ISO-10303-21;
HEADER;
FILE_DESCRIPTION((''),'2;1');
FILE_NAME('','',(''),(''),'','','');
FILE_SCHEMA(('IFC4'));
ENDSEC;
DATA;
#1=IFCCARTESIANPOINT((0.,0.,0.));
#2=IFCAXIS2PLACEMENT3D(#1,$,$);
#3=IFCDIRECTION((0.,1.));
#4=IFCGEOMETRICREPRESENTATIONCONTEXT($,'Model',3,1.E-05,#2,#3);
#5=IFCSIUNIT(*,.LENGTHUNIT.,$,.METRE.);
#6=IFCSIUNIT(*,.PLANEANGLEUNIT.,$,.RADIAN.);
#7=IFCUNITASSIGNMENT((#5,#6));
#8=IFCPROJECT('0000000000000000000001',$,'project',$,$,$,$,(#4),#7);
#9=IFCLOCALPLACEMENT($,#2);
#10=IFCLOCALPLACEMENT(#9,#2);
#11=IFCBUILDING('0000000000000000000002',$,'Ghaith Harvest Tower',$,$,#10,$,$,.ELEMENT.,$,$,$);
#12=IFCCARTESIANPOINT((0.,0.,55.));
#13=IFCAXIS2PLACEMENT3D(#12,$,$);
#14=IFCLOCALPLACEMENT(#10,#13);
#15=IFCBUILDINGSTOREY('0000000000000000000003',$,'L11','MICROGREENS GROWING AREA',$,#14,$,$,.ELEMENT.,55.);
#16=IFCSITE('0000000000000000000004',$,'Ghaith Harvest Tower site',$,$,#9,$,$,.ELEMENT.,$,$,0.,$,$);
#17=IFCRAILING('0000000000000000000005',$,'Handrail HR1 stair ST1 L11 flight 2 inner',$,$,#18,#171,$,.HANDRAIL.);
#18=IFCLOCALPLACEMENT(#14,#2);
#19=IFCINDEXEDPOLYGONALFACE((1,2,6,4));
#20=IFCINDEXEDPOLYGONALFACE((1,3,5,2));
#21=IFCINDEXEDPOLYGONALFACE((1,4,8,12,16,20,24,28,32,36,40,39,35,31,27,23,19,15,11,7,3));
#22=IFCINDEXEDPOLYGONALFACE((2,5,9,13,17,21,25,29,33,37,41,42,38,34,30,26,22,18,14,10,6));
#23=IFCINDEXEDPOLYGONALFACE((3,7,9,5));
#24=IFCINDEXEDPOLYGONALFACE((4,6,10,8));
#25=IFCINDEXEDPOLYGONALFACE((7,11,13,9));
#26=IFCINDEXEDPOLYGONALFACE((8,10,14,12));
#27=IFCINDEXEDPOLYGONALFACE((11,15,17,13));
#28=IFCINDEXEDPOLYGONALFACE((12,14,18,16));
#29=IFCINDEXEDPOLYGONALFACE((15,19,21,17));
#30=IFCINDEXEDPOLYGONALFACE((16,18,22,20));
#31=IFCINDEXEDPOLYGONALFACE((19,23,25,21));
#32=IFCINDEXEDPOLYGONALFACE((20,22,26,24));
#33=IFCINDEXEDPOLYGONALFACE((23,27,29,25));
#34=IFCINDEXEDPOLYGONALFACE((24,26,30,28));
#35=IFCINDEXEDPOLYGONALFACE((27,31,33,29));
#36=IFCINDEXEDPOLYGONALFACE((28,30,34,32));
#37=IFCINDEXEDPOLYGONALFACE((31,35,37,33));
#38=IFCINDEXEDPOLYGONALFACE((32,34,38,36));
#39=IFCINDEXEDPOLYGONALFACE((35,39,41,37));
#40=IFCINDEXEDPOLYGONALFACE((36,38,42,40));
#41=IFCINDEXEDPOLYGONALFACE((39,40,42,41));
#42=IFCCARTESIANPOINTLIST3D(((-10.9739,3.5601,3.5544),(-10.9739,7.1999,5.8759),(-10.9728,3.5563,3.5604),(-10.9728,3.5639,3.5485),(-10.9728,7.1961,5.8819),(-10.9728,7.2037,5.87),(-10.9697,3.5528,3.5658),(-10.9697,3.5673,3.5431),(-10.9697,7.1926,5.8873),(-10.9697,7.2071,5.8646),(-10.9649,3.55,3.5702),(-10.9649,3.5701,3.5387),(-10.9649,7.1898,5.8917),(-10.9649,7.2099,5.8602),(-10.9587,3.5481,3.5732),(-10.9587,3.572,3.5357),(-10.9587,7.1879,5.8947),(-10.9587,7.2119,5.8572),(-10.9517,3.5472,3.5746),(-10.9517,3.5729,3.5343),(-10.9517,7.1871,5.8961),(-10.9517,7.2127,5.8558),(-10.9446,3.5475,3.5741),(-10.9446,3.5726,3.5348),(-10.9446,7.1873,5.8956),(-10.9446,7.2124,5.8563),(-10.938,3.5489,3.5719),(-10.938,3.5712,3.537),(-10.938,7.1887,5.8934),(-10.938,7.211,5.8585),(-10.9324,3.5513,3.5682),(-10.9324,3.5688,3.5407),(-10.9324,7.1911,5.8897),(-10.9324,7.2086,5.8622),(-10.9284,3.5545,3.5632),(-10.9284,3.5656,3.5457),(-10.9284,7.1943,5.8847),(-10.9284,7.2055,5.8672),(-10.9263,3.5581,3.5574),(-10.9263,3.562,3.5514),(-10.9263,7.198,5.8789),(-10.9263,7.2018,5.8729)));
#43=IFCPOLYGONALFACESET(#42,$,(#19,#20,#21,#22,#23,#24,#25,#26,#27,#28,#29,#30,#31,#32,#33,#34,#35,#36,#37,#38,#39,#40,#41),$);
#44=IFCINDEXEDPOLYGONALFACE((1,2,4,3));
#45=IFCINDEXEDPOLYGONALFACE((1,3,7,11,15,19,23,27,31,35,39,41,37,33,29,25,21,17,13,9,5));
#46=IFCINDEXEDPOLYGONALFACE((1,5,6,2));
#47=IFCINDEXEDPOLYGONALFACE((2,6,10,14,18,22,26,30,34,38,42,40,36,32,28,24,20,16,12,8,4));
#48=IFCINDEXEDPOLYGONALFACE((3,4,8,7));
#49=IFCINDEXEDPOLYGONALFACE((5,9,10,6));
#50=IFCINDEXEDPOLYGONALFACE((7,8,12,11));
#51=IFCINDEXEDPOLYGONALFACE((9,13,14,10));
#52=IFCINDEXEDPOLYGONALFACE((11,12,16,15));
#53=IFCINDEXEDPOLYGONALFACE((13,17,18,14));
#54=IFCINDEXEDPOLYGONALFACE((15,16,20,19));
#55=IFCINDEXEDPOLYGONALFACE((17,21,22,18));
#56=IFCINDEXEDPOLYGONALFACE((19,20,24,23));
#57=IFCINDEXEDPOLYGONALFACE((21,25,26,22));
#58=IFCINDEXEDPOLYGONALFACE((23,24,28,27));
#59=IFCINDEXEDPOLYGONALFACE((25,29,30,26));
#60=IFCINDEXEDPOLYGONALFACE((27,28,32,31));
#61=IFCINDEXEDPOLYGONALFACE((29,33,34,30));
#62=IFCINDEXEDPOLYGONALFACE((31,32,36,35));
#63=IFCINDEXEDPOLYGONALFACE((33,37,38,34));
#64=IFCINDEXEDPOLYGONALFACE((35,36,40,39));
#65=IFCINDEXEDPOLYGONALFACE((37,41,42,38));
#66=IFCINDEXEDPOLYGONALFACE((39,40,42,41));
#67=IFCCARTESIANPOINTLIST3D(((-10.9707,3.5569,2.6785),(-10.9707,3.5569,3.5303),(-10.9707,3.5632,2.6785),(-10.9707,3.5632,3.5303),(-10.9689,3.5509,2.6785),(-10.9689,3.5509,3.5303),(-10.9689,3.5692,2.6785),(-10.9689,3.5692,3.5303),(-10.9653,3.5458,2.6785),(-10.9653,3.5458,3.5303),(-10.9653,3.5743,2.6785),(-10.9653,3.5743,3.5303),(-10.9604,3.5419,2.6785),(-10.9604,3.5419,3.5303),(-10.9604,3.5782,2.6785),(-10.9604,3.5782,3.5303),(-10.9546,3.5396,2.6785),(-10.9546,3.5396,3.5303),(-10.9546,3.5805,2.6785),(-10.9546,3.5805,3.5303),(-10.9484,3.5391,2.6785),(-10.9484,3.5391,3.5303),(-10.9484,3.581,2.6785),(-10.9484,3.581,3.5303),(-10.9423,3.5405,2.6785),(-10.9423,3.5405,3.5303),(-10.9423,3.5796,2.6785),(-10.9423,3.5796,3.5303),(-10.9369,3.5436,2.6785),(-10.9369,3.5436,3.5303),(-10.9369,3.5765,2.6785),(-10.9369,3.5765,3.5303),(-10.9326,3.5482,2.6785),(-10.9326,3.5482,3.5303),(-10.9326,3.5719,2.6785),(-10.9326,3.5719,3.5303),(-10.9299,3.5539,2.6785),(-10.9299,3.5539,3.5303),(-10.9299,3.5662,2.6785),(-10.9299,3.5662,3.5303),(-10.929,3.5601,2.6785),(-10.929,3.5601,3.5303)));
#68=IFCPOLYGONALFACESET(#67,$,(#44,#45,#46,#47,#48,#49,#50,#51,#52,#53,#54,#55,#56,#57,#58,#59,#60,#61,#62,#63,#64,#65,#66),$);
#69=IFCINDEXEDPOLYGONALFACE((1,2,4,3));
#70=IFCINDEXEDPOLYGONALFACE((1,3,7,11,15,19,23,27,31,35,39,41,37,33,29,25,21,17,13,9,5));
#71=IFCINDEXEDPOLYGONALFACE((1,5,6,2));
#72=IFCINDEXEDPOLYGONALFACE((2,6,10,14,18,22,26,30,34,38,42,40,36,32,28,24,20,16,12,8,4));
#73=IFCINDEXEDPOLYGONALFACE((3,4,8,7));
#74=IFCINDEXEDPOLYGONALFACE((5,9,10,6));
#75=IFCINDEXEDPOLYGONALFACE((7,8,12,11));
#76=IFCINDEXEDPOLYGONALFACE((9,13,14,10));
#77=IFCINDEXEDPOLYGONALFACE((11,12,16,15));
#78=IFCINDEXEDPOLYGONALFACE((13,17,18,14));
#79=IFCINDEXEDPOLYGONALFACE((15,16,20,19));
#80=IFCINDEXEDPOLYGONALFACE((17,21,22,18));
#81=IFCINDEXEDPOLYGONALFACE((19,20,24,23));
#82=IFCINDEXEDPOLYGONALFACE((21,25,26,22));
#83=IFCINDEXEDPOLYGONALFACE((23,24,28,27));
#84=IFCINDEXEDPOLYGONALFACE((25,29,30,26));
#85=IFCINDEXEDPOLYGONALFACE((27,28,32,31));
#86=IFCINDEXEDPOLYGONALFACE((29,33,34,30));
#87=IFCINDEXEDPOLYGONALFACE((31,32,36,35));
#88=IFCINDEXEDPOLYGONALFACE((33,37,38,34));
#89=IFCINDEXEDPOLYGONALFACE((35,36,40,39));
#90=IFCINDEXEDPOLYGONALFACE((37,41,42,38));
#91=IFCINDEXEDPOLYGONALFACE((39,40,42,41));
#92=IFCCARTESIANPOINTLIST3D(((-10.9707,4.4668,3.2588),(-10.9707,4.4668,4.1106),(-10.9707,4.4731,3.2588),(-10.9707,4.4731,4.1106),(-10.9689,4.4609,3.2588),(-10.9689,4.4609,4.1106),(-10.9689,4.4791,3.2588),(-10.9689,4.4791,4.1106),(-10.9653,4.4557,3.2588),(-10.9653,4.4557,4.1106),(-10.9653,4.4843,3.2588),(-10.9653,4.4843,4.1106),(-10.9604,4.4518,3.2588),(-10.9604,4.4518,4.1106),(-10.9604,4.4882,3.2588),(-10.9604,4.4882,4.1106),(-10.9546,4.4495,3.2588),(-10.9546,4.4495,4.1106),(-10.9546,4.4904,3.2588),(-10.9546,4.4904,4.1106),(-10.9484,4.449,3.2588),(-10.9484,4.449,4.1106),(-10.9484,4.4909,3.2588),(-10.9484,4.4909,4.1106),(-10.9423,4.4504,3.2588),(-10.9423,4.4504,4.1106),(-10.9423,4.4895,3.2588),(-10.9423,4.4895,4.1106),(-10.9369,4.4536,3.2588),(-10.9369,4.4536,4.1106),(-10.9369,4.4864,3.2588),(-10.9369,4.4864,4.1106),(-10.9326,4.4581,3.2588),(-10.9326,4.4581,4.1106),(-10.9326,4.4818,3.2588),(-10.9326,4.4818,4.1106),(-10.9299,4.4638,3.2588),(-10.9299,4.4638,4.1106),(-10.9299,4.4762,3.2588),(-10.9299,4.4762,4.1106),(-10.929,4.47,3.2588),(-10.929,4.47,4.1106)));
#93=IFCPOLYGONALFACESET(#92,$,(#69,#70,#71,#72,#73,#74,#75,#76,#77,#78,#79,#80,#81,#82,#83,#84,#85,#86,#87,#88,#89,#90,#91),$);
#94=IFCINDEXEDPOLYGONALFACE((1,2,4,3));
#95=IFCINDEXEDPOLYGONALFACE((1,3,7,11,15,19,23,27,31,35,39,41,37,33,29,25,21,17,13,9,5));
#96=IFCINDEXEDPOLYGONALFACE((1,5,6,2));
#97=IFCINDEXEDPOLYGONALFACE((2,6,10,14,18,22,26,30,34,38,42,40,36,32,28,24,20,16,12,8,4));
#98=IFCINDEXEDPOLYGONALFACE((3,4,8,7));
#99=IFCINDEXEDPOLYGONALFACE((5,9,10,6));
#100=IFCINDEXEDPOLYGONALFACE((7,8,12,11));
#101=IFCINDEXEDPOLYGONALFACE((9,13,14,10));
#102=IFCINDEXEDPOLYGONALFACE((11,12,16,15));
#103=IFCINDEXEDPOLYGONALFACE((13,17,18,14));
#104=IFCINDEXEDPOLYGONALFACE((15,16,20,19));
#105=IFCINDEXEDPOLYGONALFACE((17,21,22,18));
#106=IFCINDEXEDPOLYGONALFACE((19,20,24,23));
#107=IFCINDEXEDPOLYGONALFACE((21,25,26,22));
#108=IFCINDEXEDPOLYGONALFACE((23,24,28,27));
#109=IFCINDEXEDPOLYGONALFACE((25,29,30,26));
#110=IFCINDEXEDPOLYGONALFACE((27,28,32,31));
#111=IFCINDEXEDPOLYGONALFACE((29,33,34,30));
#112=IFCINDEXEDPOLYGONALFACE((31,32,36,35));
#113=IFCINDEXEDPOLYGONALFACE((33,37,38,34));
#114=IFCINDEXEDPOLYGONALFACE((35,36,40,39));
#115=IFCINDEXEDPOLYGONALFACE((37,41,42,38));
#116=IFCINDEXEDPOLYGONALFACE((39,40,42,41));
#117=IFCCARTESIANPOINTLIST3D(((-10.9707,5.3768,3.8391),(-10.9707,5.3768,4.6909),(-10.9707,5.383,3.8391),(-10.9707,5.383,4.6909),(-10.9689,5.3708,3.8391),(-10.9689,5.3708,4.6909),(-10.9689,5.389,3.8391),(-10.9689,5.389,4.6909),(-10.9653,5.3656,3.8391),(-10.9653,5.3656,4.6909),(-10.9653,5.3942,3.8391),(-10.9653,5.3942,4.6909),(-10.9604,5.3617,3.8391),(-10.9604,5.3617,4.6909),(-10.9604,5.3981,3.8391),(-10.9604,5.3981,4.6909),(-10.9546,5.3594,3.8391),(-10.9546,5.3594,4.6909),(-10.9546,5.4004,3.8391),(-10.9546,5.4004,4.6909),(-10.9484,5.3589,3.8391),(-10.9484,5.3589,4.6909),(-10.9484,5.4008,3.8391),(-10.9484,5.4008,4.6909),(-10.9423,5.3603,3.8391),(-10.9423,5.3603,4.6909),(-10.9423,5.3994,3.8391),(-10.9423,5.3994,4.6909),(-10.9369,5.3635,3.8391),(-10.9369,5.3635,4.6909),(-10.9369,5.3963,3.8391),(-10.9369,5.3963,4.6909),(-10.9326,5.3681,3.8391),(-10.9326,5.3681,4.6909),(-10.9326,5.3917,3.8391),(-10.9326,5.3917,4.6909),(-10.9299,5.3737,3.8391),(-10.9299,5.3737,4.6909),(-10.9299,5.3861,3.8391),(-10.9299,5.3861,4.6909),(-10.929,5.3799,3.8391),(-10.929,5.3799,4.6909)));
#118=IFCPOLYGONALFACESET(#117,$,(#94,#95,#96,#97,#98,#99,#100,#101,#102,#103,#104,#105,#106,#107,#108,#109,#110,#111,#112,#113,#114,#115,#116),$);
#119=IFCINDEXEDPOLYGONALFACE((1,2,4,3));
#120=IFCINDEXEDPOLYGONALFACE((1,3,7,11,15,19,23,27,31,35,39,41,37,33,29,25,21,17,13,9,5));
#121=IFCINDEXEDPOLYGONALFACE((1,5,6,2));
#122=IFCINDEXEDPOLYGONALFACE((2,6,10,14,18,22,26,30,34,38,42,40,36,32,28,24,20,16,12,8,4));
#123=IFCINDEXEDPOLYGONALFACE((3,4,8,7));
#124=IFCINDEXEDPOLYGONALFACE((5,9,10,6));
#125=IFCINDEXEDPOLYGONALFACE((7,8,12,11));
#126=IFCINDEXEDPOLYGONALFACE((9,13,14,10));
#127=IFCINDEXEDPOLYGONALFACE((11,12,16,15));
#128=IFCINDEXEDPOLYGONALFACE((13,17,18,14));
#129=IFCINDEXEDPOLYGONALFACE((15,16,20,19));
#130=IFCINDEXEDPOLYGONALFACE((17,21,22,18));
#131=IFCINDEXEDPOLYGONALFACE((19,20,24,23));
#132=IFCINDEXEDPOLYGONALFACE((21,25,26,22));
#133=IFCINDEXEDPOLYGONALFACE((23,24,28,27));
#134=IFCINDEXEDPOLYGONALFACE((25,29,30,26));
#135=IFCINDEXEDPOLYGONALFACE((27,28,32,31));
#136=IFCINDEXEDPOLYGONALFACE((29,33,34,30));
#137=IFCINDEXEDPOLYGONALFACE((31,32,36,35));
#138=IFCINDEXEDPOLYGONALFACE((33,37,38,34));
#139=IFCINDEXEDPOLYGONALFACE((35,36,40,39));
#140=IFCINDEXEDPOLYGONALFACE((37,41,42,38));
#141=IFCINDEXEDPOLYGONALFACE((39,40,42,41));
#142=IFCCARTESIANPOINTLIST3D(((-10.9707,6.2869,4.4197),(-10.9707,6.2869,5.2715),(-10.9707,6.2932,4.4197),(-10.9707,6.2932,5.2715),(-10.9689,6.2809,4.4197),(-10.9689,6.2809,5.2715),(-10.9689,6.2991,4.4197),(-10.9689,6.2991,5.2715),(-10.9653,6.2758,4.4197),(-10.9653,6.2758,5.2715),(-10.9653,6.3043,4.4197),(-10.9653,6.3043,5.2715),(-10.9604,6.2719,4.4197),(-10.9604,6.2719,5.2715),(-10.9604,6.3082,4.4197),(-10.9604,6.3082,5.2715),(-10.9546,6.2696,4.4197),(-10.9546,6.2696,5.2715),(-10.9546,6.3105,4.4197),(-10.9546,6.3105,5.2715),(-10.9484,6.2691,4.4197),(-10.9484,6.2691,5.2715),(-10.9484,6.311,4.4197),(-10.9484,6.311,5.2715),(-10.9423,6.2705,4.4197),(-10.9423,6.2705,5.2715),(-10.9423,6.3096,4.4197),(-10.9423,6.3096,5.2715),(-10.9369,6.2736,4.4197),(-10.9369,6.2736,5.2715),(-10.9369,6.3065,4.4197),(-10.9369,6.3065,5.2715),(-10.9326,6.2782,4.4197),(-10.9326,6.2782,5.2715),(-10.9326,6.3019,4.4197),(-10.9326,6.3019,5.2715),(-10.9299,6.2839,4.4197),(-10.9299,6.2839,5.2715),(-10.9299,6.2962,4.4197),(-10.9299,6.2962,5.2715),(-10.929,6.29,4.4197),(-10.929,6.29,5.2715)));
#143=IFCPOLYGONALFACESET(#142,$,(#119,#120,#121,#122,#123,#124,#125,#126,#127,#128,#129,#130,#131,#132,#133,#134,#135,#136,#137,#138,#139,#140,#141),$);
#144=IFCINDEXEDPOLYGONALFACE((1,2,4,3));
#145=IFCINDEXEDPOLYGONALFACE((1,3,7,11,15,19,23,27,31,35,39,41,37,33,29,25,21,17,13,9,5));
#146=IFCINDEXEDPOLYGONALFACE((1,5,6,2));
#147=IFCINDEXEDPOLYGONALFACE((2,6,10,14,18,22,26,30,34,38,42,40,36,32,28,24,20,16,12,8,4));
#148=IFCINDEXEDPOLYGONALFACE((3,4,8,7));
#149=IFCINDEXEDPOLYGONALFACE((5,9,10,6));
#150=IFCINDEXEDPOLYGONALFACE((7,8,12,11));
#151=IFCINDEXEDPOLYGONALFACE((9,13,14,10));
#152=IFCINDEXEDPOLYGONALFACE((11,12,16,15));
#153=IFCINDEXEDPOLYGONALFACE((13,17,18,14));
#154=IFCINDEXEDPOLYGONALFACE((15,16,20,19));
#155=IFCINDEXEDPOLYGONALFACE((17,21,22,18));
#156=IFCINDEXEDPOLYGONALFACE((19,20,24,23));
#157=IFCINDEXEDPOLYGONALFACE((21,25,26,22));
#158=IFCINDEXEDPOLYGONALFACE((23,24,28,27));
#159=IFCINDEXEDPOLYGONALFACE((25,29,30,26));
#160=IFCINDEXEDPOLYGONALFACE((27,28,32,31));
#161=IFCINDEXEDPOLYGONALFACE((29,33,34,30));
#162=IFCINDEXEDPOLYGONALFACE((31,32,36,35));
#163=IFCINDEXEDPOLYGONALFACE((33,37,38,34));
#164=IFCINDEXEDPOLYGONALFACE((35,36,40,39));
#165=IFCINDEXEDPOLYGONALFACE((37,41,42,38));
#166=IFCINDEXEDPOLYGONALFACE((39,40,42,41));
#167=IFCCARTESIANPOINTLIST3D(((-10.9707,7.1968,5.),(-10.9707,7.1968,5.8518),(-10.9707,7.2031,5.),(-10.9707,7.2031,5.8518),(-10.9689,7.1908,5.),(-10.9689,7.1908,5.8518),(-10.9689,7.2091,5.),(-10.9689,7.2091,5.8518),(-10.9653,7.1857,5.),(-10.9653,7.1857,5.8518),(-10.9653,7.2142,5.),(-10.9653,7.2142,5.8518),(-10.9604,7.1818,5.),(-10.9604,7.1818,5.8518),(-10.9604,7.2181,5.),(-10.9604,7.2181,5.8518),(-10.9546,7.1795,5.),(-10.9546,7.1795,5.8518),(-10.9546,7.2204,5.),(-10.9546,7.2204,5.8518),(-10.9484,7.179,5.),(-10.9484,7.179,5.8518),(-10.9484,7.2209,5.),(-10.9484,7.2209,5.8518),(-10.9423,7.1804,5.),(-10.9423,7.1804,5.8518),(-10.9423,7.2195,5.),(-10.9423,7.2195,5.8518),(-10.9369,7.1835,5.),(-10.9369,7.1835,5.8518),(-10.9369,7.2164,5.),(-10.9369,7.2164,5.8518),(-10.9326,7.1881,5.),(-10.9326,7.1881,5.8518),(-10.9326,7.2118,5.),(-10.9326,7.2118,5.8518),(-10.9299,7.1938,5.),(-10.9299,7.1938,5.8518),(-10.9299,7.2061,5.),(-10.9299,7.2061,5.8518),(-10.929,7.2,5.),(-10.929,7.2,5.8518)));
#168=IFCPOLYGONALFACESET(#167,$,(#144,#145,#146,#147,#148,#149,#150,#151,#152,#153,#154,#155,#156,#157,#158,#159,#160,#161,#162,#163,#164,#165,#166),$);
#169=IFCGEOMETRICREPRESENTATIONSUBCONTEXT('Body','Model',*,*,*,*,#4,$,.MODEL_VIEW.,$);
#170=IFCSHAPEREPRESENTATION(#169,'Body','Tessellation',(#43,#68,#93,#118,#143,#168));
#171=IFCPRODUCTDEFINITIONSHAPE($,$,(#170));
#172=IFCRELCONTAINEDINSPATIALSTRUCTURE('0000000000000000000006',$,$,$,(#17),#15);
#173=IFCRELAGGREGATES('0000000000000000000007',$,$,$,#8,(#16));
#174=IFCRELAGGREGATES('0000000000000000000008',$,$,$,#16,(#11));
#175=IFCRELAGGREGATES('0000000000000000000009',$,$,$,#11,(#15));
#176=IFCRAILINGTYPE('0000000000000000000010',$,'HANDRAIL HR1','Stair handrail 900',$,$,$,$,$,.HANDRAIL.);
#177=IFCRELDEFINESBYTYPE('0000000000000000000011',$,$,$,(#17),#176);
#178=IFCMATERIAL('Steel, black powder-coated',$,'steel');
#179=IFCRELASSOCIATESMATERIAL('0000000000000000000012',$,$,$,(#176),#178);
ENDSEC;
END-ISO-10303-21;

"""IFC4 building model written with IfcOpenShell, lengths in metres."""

from ifc_helpers import new_model, si_unit, direction, frame, origin, origin_2d, place, context, subcontext, project, spatial, circle, extrude, material, type_object, element, save


model = new_model("IFC4")

# Units and contexts
model_context = context("Model", 3, precision=1e-05, world=origin(), true_north=direction((0.0, 1.0)))
body_context = subcontext(model_context, "Body", "Model", "MODEL_VIEW")
ifc_project = project(units=[si_unit("LENGTHUNIT", "METRE"), si_unit("PLANEANGLEUNIT", "RADIAN")], contexts=[model_context])

# Site, building, storey
site_placement = place(None, origin())
site = spatial("IfcSite", under=ifc_project, at=site_placement, Name="Ghaith Harvest Tower site", CompositionType="ELEMENT", RefElevation=0.0)
building_placement = place(site_placement, origin())
building = spatial("IfcBuilding", under=site, at=building_placement, Name="Ghaith Harvest Tower", CompositionType="ELEMENT")
storey_placement = place(building_placement, frame((0.0, 0.0, 55.0)))
storey = spatial("IfcBuildingStorey", under=building, at=storey_placement, Name="L11", Description="MICROGREENS GROWING AREA", CompositionType="ELEMENT", Elevation=55.0)

# Railing
ifc_material_1 = material(Name="Steel, black powder-coated", Category="steel")
railing_type = type_object("IfcRailingType", Name="HANDRAIL HR1", Description="Stair handrail 900", PredefinedType="HANDRAIL", material=ifc_material_1)
railing_1_placement = place(storey_placement, frame((-10.95, 3.5601, 2.6785)))
element("IfcRailing", 1, at=railing_1_placement, inside=storey, type_object=railing_type, Name="Handrail HR1 stair ST1 L11 flight 2 inner", PredefinedType="HANDRAIL", context=body_context, shape_type="SweptSolid", body=[
    extrude(circle(Radius=0.0239, at=origin_2d()), frame((0.0, 0.0, 0.876), z_axis=(0.0, 0.843112, 0.537739), x_axis=(-1.0, 0.0, 0.0)), (0.0, 0.0, 1.0), 4.3171),
    extrude(circle(Radius=0.021, at=origin_2d()), origin(), (0.0, 0.0, 1.0), 0.8518),
    extrude(circle(Radius=0.021, at=origin_2d()), frame((0.0, 0.9099, 0.5803)), (0.0, 0.0, 1.0), 0.8518),
    extrude(circle(Radius=0.021, at=origin_2d()), frame((0.0, 1.8198, 1.1606)), (0.0, 0.0, 1.0), 0.8518),
    extrude(circle(Radius=0.021, at=origin_2d()), frame((0.0, 2.73, 1.7412)), (0.0, 0.0, 1.0), 0.8518),
    extrude(circle(Radius=0.021, at=origin_2d()), frame((0.0, 3.6399, 2.3215)), (0.0, 0.0, 1.0), 0.8518),
])

save(model, "model.ifc")
